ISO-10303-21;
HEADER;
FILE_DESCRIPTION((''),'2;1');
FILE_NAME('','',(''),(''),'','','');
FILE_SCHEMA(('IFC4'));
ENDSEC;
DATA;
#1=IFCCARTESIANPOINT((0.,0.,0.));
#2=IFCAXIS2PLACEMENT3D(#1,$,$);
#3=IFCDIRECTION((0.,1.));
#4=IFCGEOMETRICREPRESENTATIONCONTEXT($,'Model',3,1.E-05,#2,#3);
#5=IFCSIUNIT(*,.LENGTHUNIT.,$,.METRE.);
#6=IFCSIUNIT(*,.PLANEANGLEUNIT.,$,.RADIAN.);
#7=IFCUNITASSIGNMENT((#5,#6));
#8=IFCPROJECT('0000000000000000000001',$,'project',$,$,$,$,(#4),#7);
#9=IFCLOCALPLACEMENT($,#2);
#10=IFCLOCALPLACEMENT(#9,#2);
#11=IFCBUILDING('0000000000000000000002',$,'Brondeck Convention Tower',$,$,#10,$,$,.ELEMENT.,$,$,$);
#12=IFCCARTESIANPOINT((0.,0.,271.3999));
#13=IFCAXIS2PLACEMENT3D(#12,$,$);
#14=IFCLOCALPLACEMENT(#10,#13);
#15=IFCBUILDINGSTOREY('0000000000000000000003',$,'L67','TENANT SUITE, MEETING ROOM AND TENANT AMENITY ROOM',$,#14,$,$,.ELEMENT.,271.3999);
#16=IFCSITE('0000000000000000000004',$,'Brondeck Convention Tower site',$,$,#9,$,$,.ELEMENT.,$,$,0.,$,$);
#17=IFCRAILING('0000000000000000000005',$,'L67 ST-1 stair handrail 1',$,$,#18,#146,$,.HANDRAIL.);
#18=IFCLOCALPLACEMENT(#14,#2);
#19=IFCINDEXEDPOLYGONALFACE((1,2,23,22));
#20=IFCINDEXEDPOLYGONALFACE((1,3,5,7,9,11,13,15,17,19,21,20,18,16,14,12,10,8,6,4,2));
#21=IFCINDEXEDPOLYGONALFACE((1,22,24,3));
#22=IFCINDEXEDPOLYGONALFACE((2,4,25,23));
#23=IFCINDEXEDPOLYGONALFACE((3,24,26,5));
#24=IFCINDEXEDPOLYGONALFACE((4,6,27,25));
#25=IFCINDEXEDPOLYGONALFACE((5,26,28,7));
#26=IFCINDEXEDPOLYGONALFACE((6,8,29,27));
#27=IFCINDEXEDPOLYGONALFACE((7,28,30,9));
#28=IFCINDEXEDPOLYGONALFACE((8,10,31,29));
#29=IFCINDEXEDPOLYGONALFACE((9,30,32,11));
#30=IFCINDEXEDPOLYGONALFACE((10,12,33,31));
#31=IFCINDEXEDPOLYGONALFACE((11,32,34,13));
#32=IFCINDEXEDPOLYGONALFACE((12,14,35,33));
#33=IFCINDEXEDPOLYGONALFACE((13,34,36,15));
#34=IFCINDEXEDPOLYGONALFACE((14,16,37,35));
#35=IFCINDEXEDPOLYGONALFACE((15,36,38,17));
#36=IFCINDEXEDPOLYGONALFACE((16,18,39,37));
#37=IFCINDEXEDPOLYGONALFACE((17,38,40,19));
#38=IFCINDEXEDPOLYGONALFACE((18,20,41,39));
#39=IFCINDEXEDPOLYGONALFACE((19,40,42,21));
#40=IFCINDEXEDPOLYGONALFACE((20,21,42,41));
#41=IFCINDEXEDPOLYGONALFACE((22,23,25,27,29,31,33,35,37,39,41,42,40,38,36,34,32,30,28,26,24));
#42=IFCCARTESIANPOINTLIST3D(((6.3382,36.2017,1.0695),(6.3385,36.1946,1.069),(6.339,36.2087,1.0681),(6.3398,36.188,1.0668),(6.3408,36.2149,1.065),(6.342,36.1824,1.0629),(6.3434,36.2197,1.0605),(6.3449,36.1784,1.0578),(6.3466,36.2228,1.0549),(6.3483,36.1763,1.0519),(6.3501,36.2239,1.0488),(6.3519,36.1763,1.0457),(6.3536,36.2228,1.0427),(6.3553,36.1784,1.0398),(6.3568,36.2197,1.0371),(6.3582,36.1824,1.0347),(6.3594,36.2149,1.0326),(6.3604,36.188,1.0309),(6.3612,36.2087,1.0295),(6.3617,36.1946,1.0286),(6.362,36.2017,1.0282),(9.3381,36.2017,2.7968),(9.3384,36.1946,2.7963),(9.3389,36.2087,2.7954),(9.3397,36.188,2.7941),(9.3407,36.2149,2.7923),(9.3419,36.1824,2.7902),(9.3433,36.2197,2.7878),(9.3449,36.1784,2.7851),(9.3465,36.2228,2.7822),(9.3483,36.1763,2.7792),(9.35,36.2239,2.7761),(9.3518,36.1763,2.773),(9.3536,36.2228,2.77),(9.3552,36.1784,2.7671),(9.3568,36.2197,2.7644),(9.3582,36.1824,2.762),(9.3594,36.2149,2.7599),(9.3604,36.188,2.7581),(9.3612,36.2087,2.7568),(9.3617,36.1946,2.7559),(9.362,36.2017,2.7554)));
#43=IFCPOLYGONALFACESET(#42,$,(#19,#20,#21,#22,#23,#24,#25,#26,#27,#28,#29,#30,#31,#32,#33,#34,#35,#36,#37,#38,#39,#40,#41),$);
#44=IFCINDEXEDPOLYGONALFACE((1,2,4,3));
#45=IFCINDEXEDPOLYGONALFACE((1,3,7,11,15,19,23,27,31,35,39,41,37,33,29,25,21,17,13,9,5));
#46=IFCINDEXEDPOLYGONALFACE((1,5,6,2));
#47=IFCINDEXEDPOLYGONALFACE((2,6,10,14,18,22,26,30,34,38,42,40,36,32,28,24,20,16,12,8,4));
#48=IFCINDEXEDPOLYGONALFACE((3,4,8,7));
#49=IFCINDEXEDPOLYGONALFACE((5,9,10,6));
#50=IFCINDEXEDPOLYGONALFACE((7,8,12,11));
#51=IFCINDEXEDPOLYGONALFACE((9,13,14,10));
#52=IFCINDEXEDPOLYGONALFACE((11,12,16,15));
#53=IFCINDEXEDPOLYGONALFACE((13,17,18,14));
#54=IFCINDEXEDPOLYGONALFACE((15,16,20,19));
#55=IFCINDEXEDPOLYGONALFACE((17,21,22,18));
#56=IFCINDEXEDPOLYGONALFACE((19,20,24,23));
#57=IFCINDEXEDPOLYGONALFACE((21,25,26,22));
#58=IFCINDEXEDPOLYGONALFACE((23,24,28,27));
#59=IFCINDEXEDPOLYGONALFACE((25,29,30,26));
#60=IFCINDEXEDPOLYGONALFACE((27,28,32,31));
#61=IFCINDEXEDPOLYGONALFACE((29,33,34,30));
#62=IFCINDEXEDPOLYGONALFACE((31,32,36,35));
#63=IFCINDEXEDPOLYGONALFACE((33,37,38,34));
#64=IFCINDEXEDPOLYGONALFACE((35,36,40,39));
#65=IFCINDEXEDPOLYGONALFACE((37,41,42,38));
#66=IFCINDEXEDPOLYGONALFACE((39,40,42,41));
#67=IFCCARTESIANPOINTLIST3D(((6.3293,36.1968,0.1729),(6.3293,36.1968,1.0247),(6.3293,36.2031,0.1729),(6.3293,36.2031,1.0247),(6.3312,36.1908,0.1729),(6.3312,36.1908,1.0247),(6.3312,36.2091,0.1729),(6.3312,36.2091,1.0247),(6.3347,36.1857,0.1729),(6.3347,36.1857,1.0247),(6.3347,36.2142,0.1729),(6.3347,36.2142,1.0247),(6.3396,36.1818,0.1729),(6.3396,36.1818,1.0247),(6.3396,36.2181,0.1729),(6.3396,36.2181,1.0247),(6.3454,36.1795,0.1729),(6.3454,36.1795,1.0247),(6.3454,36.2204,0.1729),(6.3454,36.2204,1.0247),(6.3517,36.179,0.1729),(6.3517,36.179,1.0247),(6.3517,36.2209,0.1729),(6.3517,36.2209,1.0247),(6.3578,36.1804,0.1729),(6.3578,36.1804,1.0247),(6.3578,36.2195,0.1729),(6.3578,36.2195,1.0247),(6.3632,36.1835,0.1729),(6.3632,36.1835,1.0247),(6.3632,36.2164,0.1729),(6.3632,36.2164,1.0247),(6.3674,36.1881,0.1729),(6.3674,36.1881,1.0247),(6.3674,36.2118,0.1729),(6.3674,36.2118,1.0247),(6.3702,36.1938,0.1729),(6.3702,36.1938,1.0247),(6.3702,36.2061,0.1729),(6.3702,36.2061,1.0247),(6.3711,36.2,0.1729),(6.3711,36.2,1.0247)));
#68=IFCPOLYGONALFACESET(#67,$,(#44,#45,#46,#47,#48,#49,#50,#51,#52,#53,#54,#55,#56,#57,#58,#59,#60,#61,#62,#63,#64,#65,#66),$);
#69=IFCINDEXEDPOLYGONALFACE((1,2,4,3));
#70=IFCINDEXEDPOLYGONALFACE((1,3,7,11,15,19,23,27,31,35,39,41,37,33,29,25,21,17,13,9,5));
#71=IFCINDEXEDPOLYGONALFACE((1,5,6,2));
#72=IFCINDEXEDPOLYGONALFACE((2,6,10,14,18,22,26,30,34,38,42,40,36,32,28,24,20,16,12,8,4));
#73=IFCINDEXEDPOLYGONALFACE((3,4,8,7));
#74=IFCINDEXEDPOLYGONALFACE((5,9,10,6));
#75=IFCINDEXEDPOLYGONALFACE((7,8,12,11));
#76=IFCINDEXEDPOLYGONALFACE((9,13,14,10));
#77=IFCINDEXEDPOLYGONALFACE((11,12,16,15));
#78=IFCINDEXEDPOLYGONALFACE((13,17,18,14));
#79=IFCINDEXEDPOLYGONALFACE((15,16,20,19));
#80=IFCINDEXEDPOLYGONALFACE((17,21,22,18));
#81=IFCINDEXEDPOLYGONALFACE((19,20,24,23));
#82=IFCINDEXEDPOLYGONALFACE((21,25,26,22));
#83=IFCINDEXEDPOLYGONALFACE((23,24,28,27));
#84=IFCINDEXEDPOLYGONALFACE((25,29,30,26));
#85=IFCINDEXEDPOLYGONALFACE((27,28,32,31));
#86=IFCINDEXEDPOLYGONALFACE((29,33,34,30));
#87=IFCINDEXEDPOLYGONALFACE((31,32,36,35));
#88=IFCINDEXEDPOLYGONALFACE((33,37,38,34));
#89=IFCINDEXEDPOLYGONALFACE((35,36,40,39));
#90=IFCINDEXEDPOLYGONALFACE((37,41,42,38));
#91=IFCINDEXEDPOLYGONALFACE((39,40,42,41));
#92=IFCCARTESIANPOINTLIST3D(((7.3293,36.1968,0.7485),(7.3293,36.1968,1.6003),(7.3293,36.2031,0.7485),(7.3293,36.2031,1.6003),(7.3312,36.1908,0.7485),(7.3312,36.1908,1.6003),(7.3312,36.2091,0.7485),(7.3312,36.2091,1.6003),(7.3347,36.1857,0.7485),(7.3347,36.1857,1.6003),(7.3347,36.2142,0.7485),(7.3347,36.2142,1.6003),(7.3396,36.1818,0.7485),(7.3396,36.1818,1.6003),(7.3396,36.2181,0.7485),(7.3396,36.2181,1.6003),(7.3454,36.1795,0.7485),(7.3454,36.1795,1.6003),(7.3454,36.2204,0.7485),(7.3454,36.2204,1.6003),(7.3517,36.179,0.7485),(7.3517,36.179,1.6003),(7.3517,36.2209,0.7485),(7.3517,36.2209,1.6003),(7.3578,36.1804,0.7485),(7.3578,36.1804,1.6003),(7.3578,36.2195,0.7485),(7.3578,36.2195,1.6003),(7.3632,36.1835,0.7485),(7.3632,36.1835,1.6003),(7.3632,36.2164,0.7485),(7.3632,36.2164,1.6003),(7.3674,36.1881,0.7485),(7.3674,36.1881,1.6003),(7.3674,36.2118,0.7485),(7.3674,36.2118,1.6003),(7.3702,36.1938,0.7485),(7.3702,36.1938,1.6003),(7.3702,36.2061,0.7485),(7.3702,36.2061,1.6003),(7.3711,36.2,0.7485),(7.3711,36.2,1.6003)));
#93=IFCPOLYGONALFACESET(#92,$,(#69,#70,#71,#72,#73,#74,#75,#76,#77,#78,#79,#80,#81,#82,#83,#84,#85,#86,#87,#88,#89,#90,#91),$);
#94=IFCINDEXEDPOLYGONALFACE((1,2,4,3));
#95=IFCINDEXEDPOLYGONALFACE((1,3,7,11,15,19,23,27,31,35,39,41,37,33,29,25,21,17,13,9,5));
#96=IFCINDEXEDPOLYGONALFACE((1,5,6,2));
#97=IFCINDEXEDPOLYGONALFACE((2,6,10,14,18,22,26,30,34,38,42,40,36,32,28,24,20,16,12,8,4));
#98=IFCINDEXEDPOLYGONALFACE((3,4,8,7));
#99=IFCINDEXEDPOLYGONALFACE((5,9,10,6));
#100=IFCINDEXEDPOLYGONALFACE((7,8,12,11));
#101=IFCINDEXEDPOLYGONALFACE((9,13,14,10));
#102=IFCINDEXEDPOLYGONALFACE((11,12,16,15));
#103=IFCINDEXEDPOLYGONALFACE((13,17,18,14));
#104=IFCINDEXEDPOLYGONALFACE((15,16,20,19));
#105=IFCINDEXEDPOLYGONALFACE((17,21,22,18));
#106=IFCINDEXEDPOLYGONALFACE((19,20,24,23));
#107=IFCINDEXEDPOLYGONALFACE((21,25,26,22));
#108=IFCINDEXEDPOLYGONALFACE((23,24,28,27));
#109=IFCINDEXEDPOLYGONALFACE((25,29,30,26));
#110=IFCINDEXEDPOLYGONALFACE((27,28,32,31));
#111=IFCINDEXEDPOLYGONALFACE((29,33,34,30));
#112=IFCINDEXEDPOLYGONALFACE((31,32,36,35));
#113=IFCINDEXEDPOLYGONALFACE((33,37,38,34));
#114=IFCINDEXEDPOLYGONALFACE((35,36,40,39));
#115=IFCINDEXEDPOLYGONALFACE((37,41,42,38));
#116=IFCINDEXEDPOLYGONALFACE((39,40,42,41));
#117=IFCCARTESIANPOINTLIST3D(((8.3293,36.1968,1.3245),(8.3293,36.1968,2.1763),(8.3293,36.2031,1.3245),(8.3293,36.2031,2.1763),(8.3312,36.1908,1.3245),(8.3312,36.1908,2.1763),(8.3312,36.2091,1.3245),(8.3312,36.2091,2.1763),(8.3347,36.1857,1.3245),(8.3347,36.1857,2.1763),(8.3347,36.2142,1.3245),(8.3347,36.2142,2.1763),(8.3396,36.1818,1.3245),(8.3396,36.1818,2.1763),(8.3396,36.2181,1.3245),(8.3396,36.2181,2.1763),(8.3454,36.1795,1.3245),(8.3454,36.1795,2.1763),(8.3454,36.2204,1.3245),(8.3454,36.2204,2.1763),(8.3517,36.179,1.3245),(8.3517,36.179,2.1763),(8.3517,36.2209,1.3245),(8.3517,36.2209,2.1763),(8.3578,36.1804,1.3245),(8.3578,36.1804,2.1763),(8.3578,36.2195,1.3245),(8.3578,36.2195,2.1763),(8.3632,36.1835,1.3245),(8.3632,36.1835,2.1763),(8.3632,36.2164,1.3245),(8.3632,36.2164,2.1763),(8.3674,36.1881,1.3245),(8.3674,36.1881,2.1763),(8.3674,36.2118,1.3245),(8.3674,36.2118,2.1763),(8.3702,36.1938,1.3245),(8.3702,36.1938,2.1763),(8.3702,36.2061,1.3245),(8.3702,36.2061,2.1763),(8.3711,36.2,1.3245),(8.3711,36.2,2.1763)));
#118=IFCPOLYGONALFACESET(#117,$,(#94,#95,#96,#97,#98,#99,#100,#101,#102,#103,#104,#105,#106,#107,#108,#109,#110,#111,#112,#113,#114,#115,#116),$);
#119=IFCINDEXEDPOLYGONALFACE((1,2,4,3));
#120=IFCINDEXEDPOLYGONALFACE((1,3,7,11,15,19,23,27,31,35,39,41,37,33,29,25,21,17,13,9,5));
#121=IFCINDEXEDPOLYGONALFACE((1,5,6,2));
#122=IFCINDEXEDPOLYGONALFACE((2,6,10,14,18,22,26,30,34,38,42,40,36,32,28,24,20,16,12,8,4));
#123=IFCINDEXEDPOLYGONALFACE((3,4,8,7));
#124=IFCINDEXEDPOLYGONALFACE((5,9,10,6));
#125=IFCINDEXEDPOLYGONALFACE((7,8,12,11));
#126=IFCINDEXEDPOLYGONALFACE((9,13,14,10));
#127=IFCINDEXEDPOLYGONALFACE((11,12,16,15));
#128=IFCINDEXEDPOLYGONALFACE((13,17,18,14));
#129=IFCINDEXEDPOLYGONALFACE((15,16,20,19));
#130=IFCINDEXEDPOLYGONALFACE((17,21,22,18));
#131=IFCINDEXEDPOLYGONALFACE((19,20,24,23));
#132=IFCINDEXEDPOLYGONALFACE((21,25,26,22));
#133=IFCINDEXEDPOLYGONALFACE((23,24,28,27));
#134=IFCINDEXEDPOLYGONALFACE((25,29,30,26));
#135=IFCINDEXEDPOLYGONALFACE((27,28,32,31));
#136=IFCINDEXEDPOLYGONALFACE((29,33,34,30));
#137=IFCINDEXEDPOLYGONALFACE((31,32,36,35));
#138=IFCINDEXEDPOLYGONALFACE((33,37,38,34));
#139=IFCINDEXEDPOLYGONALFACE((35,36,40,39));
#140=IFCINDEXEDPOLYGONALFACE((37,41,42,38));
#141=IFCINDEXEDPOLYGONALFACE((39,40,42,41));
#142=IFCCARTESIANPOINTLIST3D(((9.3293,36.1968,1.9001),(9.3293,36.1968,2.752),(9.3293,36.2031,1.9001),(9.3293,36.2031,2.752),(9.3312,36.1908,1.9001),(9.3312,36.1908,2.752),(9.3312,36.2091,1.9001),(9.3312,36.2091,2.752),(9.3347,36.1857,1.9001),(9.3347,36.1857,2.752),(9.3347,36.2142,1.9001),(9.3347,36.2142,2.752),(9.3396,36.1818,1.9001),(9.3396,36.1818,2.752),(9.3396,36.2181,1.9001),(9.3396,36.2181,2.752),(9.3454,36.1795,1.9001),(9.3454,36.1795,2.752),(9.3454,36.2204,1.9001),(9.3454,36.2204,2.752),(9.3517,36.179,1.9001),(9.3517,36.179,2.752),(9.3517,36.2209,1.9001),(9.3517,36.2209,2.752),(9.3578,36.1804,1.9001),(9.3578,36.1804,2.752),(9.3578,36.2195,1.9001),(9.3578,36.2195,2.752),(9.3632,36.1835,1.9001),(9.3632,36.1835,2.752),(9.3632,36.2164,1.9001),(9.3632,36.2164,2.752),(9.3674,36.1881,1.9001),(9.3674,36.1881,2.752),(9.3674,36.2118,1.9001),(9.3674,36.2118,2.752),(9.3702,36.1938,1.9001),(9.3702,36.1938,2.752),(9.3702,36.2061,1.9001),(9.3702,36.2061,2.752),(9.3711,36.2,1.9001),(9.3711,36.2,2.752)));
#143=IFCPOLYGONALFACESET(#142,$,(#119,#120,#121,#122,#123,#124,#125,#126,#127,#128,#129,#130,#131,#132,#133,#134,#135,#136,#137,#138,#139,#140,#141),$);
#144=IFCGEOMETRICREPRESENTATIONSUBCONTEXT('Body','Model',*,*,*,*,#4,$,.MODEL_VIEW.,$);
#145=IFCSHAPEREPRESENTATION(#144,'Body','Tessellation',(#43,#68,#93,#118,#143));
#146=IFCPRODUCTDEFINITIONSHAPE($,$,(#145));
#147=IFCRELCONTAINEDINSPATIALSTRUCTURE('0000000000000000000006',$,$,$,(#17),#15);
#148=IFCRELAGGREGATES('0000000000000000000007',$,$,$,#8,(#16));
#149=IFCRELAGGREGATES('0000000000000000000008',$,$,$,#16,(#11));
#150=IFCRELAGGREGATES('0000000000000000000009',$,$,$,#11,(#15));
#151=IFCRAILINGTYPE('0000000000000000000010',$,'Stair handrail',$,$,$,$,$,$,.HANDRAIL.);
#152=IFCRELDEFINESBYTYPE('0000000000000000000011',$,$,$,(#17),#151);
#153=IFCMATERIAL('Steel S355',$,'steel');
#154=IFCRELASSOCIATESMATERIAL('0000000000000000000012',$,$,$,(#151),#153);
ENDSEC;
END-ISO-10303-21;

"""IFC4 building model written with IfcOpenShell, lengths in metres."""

from ifc_helpers import new_model, si_unit, direction, frame, origin, origin_2d, place, context, subcontext, project, spatial, circle, extrude, material, type_object, element, save


model = new_model("IFC4")

# Units and contexts
model_context = context("Model", 3, precision=1e-05, world=origin(), true_north=direction((0.0, 1.0)))
body_context = subcontext(model_context, "Body", "Model", "MODEL_VIEW")
ifc_project = project(units=[si_unit("LENGTHUNIT", "METRE"), si_unit("PLANEANGLEUNIT", "RADIAN")], contexts=[model_context])

# Site, building, storey
site_placement = place(None, origin())
site = spatial("IfcSite", under=ifc_project, at=site_placement, Name="Brondeck Convention Tower site", CompositionType="ELEMENT", RefElevation=0.0)
building_placement = place(site_placement, origin())
building = spatial("IfcBuilding", under=site, at=building_placement, Name="Brondeck Convention Tower", CompositionType="ELEMENT")
storey_placement = place(building_placement, frame((0.0, 0.0, 271.3999)))
storey = spatial("IfcBuildingStorey", under=building, at=storey_placement, Name="L67", Description="TENANT SUITE, MEETING ROOM AND TENANT AMENITY ROOM", CompositionType="ELEMENT", Elevation=271.3999)

# Railing
ifc_material_1 = material(Name="Steel S355", Category="steel")
railing_type_1 = type_object("IfcRailingType", Name="Stair handrail", PredefinedType="HANDRAIL", material=ifc_material_1)
railing_1_placement = place(storey_placement, frame((6.3501, 36.2, 0.1729)))
element("IfcRailing", 1, at=railing_1_placement, inside=storey, type_object=railing_type_1, Name="L67 ST-1 stair handrail 1", PredefinedType="HANDRAIL", context=body_context, shape_type="SweptSolid", body=[
    extrude(circle(Radius=0.0239, at=origin_2d()), frame((0.0, 0.0, 0.876), z_axis=(0.86662, 0.0, 0.498969), x_axis=(0.0, 1.0, 0.0)), (0.0, 0.0, 1.0), 3.4617),
    extrude(circle(Radius=0.021, at=origin_2d()), origin(), (0.0, 0.0, 1.0), 0.8518),
    extrude(circle(Radius=0.021, at=origin_2d()), frame((1.0, 0.0, 0.5757)), (0.0, 0.0, 1.0), 0.8518),
    extrude(circle(Radius=0.021, at=origin_2d()), frame((2.0, 0.0, 1.1516)), (0.0, 0.0, 1.0), 0.8518),
    extrude(circle(Radius=0.021, at=origin_2d()), frame((3.0, 0.0, 1.7273)), (0.0, 0.0, 1.0), 0.8518),
])

save(model, "model.ifc")
